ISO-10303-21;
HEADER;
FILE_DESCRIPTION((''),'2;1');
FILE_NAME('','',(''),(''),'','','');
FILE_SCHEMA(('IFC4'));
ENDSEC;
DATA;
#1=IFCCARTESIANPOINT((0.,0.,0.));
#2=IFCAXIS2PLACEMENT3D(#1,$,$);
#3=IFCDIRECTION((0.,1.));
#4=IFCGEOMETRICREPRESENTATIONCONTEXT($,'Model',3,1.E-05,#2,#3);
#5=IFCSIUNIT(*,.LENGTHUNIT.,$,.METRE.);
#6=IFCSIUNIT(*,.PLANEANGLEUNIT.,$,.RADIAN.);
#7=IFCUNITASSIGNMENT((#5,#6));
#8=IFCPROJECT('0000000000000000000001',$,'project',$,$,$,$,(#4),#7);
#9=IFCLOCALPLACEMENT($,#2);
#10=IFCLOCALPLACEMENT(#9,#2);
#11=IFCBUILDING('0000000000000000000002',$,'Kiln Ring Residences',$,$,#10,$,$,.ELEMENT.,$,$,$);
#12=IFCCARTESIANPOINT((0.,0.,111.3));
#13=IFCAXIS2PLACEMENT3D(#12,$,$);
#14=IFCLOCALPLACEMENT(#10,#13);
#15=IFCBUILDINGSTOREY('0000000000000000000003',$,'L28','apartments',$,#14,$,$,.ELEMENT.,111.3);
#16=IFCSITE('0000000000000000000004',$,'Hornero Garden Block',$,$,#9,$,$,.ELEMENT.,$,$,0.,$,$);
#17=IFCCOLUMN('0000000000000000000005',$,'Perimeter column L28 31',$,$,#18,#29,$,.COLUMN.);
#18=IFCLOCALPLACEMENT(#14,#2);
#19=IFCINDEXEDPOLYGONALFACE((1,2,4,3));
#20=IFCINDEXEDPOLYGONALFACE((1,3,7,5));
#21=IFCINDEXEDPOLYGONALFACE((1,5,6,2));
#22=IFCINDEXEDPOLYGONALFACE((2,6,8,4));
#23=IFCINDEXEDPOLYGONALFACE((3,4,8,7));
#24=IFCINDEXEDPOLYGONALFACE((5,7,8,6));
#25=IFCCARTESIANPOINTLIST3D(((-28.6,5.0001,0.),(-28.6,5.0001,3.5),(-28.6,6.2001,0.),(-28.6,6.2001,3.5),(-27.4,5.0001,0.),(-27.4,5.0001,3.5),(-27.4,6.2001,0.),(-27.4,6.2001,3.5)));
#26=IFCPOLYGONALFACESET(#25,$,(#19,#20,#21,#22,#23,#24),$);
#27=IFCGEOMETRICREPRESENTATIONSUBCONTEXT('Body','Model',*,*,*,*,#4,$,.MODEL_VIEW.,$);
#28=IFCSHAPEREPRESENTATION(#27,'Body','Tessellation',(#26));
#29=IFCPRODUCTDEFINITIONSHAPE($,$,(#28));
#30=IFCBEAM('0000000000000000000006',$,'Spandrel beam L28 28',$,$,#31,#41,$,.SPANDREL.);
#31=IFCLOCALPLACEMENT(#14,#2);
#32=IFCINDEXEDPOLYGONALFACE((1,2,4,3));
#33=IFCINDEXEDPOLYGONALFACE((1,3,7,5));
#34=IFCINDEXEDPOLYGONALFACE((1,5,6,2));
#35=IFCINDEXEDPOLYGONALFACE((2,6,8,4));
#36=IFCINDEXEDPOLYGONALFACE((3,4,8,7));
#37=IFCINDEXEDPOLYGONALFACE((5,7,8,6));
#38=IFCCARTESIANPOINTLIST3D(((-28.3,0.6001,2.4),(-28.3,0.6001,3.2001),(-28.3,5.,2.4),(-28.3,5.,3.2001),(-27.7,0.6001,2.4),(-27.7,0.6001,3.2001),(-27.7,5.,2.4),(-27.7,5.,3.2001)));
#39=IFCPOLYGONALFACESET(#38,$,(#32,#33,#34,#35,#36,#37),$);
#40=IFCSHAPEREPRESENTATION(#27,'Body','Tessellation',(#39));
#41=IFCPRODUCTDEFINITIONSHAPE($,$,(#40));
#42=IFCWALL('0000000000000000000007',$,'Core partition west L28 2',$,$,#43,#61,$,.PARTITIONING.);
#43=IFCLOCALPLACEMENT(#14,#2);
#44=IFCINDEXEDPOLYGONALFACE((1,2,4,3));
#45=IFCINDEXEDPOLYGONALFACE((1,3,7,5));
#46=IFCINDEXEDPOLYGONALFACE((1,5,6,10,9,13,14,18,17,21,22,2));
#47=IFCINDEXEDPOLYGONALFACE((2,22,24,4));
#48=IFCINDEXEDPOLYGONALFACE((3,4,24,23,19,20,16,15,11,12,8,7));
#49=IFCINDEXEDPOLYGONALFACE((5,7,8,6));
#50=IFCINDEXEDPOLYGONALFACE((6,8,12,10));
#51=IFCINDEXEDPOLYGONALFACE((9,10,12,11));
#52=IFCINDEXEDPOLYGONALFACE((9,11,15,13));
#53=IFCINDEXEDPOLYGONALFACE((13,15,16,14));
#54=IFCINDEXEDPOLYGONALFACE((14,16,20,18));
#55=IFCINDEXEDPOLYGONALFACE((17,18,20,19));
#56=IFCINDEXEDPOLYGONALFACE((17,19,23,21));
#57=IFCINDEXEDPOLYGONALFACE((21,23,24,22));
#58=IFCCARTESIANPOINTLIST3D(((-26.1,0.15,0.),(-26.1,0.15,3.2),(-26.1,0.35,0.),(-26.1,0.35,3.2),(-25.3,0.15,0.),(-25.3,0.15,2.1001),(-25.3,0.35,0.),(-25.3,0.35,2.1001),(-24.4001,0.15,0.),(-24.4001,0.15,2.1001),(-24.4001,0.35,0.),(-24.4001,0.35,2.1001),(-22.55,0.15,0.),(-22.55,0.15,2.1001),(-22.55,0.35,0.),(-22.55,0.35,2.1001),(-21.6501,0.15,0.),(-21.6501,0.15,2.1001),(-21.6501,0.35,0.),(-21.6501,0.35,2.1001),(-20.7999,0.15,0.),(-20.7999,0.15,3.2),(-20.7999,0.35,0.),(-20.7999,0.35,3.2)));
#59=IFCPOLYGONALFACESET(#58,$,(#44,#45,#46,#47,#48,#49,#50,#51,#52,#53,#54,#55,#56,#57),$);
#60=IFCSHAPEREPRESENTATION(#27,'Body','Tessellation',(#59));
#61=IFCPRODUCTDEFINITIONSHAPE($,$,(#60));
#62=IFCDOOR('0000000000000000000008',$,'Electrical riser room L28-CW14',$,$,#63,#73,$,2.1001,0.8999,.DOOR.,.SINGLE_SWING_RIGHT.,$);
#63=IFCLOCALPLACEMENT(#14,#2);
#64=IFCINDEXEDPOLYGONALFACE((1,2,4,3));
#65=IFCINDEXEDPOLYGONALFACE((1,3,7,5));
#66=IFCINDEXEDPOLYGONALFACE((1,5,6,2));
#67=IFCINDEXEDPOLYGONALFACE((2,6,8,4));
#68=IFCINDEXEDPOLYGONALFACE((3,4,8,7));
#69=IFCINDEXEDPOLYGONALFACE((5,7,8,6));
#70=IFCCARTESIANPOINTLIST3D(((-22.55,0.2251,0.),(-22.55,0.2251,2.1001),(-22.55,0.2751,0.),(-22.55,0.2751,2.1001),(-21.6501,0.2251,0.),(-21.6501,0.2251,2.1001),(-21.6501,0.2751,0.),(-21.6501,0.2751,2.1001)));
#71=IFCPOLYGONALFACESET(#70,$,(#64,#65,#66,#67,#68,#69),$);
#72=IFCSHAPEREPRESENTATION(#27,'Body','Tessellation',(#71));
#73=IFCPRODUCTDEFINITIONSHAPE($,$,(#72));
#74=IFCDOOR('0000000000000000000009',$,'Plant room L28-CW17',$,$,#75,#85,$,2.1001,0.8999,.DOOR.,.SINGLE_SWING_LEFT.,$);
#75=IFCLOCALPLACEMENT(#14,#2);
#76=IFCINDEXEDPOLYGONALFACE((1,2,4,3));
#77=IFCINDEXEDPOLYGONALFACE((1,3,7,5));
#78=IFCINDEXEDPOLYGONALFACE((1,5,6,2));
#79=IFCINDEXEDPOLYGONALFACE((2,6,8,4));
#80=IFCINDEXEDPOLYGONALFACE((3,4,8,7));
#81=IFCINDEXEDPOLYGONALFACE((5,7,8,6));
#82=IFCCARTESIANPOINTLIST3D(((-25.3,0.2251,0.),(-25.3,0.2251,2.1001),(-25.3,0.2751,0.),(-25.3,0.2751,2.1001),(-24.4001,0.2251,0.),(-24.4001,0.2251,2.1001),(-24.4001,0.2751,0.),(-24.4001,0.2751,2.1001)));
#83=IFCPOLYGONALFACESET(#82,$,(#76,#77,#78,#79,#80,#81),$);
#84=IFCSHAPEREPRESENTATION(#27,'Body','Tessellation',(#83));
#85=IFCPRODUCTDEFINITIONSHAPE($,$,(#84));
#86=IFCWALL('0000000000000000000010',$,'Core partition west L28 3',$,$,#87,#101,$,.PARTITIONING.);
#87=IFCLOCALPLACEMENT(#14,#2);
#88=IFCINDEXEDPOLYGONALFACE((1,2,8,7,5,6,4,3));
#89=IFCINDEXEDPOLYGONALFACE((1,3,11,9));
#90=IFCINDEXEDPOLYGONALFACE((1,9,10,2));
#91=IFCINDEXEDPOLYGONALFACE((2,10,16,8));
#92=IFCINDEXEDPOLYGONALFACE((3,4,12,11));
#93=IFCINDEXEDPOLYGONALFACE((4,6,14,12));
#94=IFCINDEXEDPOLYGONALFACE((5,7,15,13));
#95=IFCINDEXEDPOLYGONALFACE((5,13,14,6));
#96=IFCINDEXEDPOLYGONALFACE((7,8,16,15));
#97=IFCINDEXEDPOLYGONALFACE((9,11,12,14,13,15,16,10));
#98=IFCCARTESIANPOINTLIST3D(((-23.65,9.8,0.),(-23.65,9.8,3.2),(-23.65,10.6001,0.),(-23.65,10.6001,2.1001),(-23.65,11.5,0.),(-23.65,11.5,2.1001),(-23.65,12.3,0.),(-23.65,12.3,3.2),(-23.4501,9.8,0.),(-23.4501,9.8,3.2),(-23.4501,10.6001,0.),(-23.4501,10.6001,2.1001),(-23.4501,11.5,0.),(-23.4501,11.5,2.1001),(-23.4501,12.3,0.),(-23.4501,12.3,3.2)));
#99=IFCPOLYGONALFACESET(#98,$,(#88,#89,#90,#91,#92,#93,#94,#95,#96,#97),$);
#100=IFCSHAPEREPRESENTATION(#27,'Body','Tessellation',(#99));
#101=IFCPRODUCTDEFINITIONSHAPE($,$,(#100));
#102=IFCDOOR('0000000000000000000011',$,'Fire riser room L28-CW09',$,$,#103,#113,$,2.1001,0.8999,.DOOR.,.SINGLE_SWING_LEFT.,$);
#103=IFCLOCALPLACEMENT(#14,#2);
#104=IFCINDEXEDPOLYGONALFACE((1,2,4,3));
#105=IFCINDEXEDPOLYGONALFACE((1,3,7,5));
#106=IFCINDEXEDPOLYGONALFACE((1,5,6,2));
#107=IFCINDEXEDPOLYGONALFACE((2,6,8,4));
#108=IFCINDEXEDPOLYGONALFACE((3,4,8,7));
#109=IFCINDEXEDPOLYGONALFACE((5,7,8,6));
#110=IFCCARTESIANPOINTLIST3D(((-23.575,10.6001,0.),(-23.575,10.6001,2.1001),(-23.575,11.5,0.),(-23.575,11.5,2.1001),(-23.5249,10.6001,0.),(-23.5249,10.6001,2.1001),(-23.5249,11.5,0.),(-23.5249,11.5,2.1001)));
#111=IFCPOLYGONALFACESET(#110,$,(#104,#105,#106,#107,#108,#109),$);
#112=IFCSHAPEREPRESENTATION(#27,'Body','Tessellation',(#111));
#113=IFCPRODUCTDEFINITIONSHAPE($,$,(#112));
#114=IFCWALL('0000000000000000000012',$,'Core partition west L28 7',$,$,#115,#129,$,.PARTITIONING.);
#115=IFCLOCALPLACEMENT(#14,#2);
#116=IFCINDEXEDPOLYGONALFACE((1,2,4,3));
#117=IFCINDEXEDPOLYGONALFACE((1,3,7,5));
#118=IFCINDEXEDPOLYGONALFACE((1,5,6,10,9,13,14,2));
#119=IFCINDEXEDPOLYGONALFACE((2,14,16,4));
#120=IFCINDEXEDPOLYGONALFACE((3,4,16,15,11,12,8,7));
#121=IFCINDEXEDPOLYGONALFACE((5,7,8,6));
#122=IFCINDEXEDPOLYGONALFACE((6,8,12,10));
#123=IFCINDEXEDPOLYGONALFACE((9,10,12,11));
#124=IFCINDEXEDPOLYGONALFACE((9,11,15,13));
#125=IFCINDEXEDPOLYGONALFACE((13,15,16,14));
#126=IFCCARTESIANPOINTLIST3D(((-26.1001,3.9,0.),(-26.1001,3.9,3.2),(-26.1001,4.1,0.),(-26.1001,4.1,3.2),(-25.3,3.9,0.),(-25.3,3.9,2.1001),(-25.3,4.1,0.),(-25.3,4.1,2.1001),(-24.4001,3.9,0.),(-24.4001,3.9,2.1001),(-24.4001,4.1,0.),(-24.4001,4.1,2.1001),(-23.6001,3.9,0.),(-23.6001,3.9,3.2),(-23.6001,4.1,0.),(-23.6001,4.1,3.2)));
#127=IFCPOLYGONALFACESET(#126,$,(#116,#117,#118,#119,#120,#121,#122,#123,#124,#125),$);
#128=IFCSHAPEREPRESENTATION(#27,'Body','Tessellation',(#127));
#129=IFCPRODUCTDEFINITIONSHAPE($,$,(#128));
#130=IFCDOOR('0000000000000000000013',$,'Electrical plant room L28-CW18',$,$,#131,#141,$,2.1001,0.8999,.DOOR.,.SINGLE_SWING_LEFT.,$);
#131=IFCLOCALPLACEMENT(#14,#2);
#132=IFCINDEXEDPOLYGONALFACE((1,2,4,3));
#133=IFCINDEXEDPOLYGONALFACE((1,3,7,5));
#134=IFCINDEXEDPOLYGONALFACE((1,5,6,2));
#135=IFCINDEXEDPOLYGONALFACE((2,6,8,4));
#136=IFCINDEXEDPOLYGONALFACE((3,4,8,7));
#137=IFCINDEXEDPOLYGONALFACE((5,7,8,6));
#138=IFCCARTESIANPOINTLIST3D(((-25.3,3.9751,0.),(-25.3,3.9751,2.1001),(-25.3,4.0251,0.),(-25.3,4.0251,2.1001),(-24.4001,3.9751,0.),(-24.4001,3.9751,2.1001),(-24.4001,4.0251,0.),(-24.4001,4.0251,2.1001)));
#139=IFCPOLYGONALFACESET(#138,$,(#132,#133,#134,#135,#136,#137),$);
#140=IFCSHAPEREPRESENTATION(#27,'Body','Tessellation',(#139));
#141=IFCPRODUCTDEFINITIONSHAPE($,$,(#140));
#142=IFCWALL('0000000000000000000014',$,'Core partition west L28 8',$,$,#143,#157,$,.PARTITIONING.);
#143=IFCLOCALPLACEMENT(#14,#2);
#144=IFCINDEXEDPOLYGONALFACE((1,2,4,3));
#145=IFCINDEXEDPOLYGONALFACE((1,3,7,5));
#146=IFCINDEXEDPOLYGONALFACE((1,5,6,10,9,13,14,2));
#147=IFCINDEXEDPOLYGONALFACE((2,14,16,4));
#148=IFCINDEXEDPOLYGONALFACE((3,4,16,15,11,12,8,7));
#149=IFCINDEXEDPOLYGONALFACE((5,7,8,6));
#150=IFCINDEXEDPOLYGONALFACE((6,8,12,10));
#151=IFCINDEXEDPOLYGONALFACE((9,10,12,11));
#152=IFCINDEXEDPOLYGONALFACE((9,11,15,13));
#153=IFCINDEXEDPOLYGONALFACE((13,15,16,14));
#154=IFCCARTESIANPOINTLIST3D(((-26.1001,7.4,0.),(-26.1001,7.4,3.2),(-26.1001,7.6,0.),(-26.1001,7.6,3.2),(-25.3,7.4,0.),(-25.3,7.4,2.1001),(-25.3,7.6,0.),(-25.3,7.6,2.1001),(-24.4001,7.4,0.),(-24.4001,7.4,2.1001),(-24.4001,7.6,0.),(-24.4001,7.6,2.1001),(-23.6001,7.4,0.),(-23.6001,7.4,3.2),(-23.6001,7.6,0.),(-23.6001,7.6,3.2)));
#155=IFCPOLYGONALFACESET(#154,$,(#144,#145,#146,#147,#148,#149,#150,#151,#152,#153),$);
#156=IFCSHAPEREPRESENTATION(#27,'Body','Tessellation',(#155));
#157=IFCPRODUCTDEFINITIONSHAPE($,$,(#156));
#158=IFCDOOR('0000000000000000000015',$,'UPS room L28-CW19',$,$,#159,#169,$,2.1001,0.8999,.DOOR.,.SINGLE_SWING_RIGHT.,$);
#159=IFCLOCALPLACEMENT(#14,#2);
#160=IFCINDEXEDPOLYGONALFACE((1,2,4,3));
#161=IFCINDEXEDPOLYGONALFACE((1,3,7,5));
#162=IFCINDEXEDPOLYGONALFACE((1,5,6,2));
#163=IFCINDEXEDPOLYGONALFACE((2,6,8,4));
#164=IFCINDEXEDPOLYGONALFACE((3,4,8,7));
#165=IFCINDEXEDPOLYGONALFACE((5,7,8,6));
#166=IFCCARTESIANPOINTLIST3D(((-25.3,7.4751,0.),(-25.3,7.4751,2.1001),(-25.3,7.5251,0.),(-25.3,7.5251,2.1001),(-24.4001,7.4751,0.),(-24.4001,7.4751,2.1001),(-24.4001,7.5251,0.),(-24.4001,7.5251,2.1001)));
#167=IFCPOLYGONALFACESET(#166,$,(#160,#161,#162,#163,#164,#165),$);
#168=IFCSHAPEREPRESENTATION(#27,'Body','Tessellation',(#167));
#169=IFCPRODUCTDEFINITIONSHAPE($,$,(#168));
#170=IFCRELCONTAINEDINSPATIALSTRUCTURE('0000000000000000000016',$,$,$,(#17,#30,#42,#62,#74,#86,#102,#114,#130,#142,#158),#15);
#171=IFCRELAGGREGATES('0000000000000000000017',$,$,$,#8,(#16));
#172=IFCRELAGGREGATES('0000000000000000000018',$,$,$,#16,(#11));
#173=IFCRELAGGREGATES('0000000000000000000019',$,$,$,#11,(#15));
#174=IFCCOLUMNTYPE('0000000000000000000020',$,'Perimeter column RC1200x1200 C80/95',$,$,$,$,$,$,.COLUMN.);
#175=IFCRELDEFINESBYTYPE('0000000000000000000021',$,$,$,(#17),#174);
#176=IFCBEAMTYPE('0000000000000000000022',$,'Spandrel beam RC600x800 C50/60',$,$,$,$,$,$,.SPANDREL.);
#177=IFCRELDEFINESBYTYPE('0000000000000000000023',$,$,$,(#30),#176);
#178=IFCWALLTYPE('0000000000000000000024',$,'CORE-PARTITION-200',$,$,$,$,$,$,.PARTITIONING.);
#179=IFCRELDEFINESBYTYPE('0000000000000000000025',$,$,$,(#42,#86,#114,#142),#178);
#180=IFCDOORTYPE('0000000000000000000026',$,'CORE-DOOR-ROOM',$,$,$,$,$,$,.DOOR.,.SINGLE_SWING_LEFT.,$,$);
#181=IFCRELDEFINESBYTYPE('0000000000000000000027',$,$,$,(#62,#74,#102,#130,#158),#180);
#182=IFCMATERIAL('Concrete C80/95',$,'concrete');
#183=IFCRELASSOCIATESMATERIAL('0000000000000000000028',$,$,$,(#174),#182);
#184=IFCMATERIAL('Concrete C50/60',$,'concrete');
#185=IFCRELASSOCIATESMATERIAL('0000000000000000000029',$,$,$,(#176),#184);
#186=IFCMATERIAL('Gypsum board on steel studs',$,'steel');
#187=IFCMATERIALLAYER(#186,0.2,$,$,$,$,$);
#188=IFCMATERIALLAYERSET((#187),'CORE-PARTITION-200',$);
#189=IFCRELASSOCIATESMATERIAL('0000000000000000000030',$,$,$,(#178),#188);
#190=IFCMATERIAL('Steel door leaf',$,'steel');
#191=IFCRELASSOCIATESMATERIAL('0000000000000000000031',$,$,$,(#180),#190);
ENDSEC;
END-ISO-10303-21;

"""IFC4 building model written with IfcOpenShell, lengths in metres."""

from ifc_helpers import new_model, si_unit, direction, frame, frame_2d, origin, origin_2d, place, context, subcontext, project, spatial, rectangle, extrude, material, layer, layer_set, material_profile, profile_set, type_object, element, fill, save


model = new_model("IFC4")

# Units and contexts
model_context = context("Model", 3, precision=1e-05, world=origin(), true_north=direction((0.0, 1.0)))
body_context = subcontext(model_context, "Body", "Model", "MODEL_VIEW")
ifc_project = project(units=[si_unit("LENGTHUNIT", "METRE"), si_unit("PLANEANGLEUNIT", "RADIAN")], contexts=[model_context])

# Site, building, storey
site_placement = place(None, origin())
site = spatial("IfcSite", under=ifc_project, at=site_placement, Name="Hornero Garden Block", CompositionType="ELEMENT", RefElevation=0.0)
building_placement = place(site_placement, origin())
building = spatial("IfcBuilding", under=site, at=building_placement, Name="Kiln Ring Residences", CompositionType="ELEMENT")
storey_placement = place(building_placement, frame((0.0, 0.0, 111.3)))
storey = spatial("IfcBuildingStorey", under=building, at=storey_placement, Name="L28", Description="apartments", CompositionType="ELEMENT", Elevation=111.3)

# Column
ifc_material_1 = material(Name="Concrete C80/95", Category="concrete")
ifc_material_profile_1 = material_profile(ifc_material_1, rectangle(XDim=1.2, YDim=1.2, at=origin_2d()), Name="RC1200x1200")
ifc_profile_set_1 = profile_set([ifc_material_profile_1], Name="Concrete C80/95")
column_type = type_object("IfcColumnType", Name="Perimeter column RC1200x1200 C80/95", PredefinedType="COLUMN", material=ifc_profile_set_1)
column_placement = place(storey_placement, frame((-28.0, 5.6001, 0.0), z_axis=(0.0, 0.0, 1.0), x_axis=(1.0, 0.0, 0.0)))
element("IfcColumn", 1, at=column_placement, inside=storey, type_object=column_type, Name="Perimeter column L28 31", PredefinedType="COLUMN", context=body_context, shape_type="SweptSolid", body=[
    extrude(rectangle(XDim=1.2, YDim=1.2, at=origin_2d()), origin(), (0.0, 0.0, 1.0), 3.5),
])

# Beam
ifc_material_2 = material(Name="Concrete C50/60", Category="concrete")
ifc_material_profile_2 = material_profile(ifc_material_2, rectangle(XDim=0.6001, YDim=0.8, at=origin_2d()), Name="RC600x800")
ifc_profile_set_2 = profile_set([ifc_material_profile_2], Name="Concrete C50/60")
beam_type = type_object("IfcBeamType", Name="Spandrel beam RC600x800 C50/60", PredefinedType="SPANDREL", material=ifc_profile_set_2)
beam_placement = place(storey_placement, frame((-28.0, 5.0, 2.8), z_axis=(0.0, -1.0, 0.0), x_axis=(1.0, 0.0, 0.0)))
element("IfcBeam", 2, at=beam_placement, inside=storey, type_object=beam_type, Name="Spandrel beam L28 28", PredefinedType="SPANDREL", context=body_context, shape_type="SweptSolid", body=[
    extrude(rectangle(XDim=0.6001, YDim=0.8, at=origin_2d()), origin(), (0.0, 0.0, 1.0), 4.3999),
])

# Wall, openings, doors
ifc_material_3 = material(Name="Gypsum board on steel studs", Category="steel")
ifc_layer_1 = layer(ifc_material_3, 0.2)
ifc_layer_set_1 = layer_set([ifc_layer_1], Name="CORE-PARTITION-200")
wall_type_1 = type_object("IfcWallType", Name="CORE-PARTITION-200", PredefinedType="PARTITIONING", material=ifc_layer_set_1)
wall_1_placement = place(storey_placement, frame((-20.8, 0.25, 0.0), z_axis=(0.0, 0.0, 1.0), x_axis=(-1.0, 0.0, 0.0)))
wall_1 = element("IfcWall", 3, at=wall_1_placement, inside=storey, type_object=wall_type_1, Name="Core partition west L28 2", PredefinedType="PARTITIONING", context=body_context, shape_type="SweptSolid", body=[
    extrude(rectangle(XDim=5.3, YDim=0.2, at=frame_2d((2.6499, 0.0))), origin(), (0.0, 0.0, 1.0), 3.2),
])
opening_1_placement = place(wall_1_placement, frame((0.8501, 0.0, 0.0)))
opening_1 = element("IfcOpeningElement", 4, at=opening_1_placement, cuts=wall_1, PredefinedType="OPENING", context=body_context, shape_type="SweptSolid", body=[
    extrude(rectangle(XDim=0.8999, YDim=2.1001, at=frame_2d((0.45, 1.05))), frame((0.0, 0.1099, 0.0), z_axis=(0.0, -1.0, 0.0), x_axis=(1.0, 0.0, 0.0)), (0.0, 0.0, 1.0), 0.22),
])
opening_2_placement = place(wall_1_placement, frame((3.6001, 0.0, 0.0)))
opening_2 = element("IfcOpeningElement", 5, at=opening_2_placement, cuts=wall_1, PredefinedType="OPENING", context=body_context, shape_type="SweptSolid", body=[
    extrude(rectangle(XDim=0.8999, YDim=2.1001, at=frame_2d((0.45, 1.05))), frame((0.0, 0.1099, 0.0), z_axis=(0.0, -1.0, 0.0), x_axis=(1.0, 0.0, 0.0)), (0.0, 0.0, 1.0), 0.22),
])
ifc_material_4 = material(Name="Steel door leaf", Category="steel")
door_type = type_object("IfcDoorType", Name="CORE-DOOR-ROOM", OperationType="SINGLE_SWING_LEFT", PredefinedType="DOOR", material=ifc_material_4)
door_1_placement = place(opening_1_placement, origin())
door_1 = element("IfcDoor", 6, at=door_1_placement, inside=storey, type_object=door_type, Name="Electrical riser room L28-CW14", OperationType="SINGLE_SWING_RIGHT", OverallHeight=2.1001, OverallWidth=0.8999, PredefinedType="DOOR", context=body_context, shape_type="SweptSolid", body=[
    extrude(rectangle(XDim=0.8999, YDim=2.1001, at=frame_2d((0.45, 1.05))), frame((0.0, 0.0249, 0.0), z_axis=(0.0, -1.0, 0.0), x_axis=(1.0, 0.0, 0.0)), (0.0, 0.0, 1.0), 0.05),
])
fill(opening_1, door_1)
door_2_placement = place(opening_2_placement, origin())
door_2 = element("IfcDoor", 7, at=door_2_placement, inside=storey, type_object=door_type, Name="Plant room L28-CW17", OperationType="SINGLE_SWING_LEFT", OverallHeight=2.1001, OverallWidth=0.8999, PredefinedType="DOOR", context=body_context, shape_type="SweptSolid", body=[
    extrude(rectangle(XDim=0.8999, YDim=2.1001, at=frame_2d((0.45, 1.05))), frame((0.0, 0.0249, 0.0), z_axis=(0.0, -1.0, 0.0), x_axis=(1.0, 0.0, 0.0)), (0.0, 0.0, 1.0), 0.05),
])
fill(opening_2, door_2)

# Walls, openings, doors
wall_2_placement = place(storey_placement, frame((-23.55, 9.8, 0.0), z_axis=(0.0, 0.0, 1.0), x_axis=(0.0, 1.0, 0.0)))
wall_2 = element("IfcWall", 8, at=wall_2_placement, inside=storey, type_object=wall_type_1, Name="Core partition west L28 3", PredefinedType="PARTITIONING", context=body_context, shape_type="SweptSolid", body=[
    extrude(rectangle(XDim=2.5, YDim=0.2, at=frame_2d((1.25, 0.0))), origin(), (0.0, 0.0, 1.0), 3.2),
])
opening_3_placement = place(wall_2_placement, frame((0.8, 0.0, 0.0)))
opening_3 = element("IfcOpeningElement", 9, at=opening_3_placement, cuts=wall_2, PredefinedType="OPENING", context=body_context, shape_type="SweptSolid", body=[
    extrude(rectangle(XDim=0.8999, YDim=2.1001, at=frame_2d((0.45, 1.05))), frame((0.0, 0.1099, 0.0), z_axis=(0.0, -1.0, 0.0), x_axis=(1.0, 0.0, 0.0)), (0.0, 0.0, 1.0), 0.22),
])
door_3_placement = place(opening_3_placement, origin())
door_3 = element("IfcDoor", 10, at=door_3_placement, inside=storey, type_object=door_type, Name="Fire riser room L28-CW09", OperationType="SINGLE_SWING_LEFT", OverallHeight=2.1001, OverallWidth=0.8999, PredefinedType="DOOR", context=body_context, shape_type="SweptSolid", body=[
    extrude(rectangle(XDim=0.8999, YDim=2.1001, at=frame_2d((0.45, 1.05))), frame((0.0, 0.0249, 0.0), z_axis=(0.0, -1.0, 0.0), x_axis=(1.0, 0.0, 0.0)), (0.0, 0.0, 1.0), 0.05),
])
fill(opening_3, door_3)
wall_3_placement = place(storey_placement, frame((-23.6001, 4.0, 0.0), z_axis=(0.0, 0.0, 1.0), x_axis=(-1.0, 0.0, 0.0)))
wall_3 = element("IfcWall", 11, at=wall_3_placement, inside=storey, type_object=wall_type_1, Name="Core partition west L28 7", PredefinedType="PARTITIONING", context=body_context, shape_type="SweptSolid", body=[
    extrude(rectangle(XDim=2.5, YDim=0.2, at=frame_2d((1.25, 0.0))), origin(), (0.0, 0.0, 1.0), 3.2),
])
opening_4_placement = place(wall_3_placement, frame((0.8, 0.0, 0.0)))
opening_4 = element("IfcOpeningElement", 12, at=opening_4_placement, cuts=wall_3, PredefinedType="OPENING", context=body_context, shape_type="SweptSolid", body=[
    extrude(rectangle(XDim=0.8999, YDim=2.1001, at=frame_2d((0.45, 1.05))), frame((0.0, 0.1099, 0.0), z_axis=(0.0, -1.0, 0.0), x_axis=(1.0, 0.0, 0.0)), (0.0, 0.0, 1.0), 0.22),
])
door_4_placement = place(opening_4_placement, origin())
door_4 = element("IfcDoor", 13, at=door_4_placement, inside=storey, type_object=door_type, Name="Electrical plant room L28-CW18", OperationType="SINGLE_SWING_LEFT", OverallHeight=2.1001, OverallWidth=0.8999, PredefinedType="DOOR", context=body_context, shape_type="SweptSolid", body=[
    extrude(rectangle(XDim=0.8999, YDim=2.1001, at=frame_2d((0.45, 1.05))), frame((0.0, 0.0249, 0.0), z_axis=(0.0, -1.0, 0.0), x_axis=(1.0, 0.0, 0.0)), (0.0, 0.0, 1.0), 0.05),
])
fill(opening_4, door_4)
wall_4_placement = place(storey_placement, frame((-23.6001, 7.5, 0.0), z_axis=(0.0, 0.0, 1.0), x_axis=(-1.0, 0.0, 0.0)))
wall_4 = element("IfcWall", 14, at=wall_4_placement, inside=storey, type_object=wall_type_1, Name="Core partition west L28 8", PredefinedType="PARTITIONING", context=body_context, shape_type="SweptSolid", body=[
    extrude(rectangle(XDim=2.5, YDim=0.2, at=frame_2d((1.25, 0.0))), origin(), (0.0, 0.0, 1.0), 3.2),
])
opening_5_placement = place(wall_4_placement, frame((0.8, 0.0, 0.0)))
opening_5 = element("IfcOpeningElement", 15, at=opening_5_placement, cuts=wall_4, PredefinedType="OPENING", context=body_context, shape_type="SweptSolid", body=[
    extrude(rectangle(XDim=0.8999, YDim=2.1001, at=frame_2d((0.45, 1.05))), frame((0.0, 0.1099, 0.0), z_axis=(0.0, -1.0, 0.0), x_axis=(1.0, 0.0, 0.0)), (0.0, 0.0, 1.0), 0.22),
])
door_5_placement = place(opening_5_placement, origin())
door_5 = element("IfcDoor", 16, at=door_5_placement, inside=storey, type_object=door_type, Name="UPS room L28-CW19", OperationType="SINGLE_SWING_RIGHT", OverallHeight=2.1001, OverallWidth=0.8999, PredefinedType="DOOR", context=body_context, shape_type="SweptSolid", body=[
    extrude(rectangle(XDim=0.8999, YDim=2.1001, at=frame_2d((0.45, 1.05))), frame((0.0, 0.0249, 0.0), z_axis=(0.0, -1.0, 0.0), x_axis=(1.0, 0.0, 0.0)), (0.0, 0.0, 1.0), 0.05),
])
fill(opening_5, door_5)

save(model, "model.ifc")
